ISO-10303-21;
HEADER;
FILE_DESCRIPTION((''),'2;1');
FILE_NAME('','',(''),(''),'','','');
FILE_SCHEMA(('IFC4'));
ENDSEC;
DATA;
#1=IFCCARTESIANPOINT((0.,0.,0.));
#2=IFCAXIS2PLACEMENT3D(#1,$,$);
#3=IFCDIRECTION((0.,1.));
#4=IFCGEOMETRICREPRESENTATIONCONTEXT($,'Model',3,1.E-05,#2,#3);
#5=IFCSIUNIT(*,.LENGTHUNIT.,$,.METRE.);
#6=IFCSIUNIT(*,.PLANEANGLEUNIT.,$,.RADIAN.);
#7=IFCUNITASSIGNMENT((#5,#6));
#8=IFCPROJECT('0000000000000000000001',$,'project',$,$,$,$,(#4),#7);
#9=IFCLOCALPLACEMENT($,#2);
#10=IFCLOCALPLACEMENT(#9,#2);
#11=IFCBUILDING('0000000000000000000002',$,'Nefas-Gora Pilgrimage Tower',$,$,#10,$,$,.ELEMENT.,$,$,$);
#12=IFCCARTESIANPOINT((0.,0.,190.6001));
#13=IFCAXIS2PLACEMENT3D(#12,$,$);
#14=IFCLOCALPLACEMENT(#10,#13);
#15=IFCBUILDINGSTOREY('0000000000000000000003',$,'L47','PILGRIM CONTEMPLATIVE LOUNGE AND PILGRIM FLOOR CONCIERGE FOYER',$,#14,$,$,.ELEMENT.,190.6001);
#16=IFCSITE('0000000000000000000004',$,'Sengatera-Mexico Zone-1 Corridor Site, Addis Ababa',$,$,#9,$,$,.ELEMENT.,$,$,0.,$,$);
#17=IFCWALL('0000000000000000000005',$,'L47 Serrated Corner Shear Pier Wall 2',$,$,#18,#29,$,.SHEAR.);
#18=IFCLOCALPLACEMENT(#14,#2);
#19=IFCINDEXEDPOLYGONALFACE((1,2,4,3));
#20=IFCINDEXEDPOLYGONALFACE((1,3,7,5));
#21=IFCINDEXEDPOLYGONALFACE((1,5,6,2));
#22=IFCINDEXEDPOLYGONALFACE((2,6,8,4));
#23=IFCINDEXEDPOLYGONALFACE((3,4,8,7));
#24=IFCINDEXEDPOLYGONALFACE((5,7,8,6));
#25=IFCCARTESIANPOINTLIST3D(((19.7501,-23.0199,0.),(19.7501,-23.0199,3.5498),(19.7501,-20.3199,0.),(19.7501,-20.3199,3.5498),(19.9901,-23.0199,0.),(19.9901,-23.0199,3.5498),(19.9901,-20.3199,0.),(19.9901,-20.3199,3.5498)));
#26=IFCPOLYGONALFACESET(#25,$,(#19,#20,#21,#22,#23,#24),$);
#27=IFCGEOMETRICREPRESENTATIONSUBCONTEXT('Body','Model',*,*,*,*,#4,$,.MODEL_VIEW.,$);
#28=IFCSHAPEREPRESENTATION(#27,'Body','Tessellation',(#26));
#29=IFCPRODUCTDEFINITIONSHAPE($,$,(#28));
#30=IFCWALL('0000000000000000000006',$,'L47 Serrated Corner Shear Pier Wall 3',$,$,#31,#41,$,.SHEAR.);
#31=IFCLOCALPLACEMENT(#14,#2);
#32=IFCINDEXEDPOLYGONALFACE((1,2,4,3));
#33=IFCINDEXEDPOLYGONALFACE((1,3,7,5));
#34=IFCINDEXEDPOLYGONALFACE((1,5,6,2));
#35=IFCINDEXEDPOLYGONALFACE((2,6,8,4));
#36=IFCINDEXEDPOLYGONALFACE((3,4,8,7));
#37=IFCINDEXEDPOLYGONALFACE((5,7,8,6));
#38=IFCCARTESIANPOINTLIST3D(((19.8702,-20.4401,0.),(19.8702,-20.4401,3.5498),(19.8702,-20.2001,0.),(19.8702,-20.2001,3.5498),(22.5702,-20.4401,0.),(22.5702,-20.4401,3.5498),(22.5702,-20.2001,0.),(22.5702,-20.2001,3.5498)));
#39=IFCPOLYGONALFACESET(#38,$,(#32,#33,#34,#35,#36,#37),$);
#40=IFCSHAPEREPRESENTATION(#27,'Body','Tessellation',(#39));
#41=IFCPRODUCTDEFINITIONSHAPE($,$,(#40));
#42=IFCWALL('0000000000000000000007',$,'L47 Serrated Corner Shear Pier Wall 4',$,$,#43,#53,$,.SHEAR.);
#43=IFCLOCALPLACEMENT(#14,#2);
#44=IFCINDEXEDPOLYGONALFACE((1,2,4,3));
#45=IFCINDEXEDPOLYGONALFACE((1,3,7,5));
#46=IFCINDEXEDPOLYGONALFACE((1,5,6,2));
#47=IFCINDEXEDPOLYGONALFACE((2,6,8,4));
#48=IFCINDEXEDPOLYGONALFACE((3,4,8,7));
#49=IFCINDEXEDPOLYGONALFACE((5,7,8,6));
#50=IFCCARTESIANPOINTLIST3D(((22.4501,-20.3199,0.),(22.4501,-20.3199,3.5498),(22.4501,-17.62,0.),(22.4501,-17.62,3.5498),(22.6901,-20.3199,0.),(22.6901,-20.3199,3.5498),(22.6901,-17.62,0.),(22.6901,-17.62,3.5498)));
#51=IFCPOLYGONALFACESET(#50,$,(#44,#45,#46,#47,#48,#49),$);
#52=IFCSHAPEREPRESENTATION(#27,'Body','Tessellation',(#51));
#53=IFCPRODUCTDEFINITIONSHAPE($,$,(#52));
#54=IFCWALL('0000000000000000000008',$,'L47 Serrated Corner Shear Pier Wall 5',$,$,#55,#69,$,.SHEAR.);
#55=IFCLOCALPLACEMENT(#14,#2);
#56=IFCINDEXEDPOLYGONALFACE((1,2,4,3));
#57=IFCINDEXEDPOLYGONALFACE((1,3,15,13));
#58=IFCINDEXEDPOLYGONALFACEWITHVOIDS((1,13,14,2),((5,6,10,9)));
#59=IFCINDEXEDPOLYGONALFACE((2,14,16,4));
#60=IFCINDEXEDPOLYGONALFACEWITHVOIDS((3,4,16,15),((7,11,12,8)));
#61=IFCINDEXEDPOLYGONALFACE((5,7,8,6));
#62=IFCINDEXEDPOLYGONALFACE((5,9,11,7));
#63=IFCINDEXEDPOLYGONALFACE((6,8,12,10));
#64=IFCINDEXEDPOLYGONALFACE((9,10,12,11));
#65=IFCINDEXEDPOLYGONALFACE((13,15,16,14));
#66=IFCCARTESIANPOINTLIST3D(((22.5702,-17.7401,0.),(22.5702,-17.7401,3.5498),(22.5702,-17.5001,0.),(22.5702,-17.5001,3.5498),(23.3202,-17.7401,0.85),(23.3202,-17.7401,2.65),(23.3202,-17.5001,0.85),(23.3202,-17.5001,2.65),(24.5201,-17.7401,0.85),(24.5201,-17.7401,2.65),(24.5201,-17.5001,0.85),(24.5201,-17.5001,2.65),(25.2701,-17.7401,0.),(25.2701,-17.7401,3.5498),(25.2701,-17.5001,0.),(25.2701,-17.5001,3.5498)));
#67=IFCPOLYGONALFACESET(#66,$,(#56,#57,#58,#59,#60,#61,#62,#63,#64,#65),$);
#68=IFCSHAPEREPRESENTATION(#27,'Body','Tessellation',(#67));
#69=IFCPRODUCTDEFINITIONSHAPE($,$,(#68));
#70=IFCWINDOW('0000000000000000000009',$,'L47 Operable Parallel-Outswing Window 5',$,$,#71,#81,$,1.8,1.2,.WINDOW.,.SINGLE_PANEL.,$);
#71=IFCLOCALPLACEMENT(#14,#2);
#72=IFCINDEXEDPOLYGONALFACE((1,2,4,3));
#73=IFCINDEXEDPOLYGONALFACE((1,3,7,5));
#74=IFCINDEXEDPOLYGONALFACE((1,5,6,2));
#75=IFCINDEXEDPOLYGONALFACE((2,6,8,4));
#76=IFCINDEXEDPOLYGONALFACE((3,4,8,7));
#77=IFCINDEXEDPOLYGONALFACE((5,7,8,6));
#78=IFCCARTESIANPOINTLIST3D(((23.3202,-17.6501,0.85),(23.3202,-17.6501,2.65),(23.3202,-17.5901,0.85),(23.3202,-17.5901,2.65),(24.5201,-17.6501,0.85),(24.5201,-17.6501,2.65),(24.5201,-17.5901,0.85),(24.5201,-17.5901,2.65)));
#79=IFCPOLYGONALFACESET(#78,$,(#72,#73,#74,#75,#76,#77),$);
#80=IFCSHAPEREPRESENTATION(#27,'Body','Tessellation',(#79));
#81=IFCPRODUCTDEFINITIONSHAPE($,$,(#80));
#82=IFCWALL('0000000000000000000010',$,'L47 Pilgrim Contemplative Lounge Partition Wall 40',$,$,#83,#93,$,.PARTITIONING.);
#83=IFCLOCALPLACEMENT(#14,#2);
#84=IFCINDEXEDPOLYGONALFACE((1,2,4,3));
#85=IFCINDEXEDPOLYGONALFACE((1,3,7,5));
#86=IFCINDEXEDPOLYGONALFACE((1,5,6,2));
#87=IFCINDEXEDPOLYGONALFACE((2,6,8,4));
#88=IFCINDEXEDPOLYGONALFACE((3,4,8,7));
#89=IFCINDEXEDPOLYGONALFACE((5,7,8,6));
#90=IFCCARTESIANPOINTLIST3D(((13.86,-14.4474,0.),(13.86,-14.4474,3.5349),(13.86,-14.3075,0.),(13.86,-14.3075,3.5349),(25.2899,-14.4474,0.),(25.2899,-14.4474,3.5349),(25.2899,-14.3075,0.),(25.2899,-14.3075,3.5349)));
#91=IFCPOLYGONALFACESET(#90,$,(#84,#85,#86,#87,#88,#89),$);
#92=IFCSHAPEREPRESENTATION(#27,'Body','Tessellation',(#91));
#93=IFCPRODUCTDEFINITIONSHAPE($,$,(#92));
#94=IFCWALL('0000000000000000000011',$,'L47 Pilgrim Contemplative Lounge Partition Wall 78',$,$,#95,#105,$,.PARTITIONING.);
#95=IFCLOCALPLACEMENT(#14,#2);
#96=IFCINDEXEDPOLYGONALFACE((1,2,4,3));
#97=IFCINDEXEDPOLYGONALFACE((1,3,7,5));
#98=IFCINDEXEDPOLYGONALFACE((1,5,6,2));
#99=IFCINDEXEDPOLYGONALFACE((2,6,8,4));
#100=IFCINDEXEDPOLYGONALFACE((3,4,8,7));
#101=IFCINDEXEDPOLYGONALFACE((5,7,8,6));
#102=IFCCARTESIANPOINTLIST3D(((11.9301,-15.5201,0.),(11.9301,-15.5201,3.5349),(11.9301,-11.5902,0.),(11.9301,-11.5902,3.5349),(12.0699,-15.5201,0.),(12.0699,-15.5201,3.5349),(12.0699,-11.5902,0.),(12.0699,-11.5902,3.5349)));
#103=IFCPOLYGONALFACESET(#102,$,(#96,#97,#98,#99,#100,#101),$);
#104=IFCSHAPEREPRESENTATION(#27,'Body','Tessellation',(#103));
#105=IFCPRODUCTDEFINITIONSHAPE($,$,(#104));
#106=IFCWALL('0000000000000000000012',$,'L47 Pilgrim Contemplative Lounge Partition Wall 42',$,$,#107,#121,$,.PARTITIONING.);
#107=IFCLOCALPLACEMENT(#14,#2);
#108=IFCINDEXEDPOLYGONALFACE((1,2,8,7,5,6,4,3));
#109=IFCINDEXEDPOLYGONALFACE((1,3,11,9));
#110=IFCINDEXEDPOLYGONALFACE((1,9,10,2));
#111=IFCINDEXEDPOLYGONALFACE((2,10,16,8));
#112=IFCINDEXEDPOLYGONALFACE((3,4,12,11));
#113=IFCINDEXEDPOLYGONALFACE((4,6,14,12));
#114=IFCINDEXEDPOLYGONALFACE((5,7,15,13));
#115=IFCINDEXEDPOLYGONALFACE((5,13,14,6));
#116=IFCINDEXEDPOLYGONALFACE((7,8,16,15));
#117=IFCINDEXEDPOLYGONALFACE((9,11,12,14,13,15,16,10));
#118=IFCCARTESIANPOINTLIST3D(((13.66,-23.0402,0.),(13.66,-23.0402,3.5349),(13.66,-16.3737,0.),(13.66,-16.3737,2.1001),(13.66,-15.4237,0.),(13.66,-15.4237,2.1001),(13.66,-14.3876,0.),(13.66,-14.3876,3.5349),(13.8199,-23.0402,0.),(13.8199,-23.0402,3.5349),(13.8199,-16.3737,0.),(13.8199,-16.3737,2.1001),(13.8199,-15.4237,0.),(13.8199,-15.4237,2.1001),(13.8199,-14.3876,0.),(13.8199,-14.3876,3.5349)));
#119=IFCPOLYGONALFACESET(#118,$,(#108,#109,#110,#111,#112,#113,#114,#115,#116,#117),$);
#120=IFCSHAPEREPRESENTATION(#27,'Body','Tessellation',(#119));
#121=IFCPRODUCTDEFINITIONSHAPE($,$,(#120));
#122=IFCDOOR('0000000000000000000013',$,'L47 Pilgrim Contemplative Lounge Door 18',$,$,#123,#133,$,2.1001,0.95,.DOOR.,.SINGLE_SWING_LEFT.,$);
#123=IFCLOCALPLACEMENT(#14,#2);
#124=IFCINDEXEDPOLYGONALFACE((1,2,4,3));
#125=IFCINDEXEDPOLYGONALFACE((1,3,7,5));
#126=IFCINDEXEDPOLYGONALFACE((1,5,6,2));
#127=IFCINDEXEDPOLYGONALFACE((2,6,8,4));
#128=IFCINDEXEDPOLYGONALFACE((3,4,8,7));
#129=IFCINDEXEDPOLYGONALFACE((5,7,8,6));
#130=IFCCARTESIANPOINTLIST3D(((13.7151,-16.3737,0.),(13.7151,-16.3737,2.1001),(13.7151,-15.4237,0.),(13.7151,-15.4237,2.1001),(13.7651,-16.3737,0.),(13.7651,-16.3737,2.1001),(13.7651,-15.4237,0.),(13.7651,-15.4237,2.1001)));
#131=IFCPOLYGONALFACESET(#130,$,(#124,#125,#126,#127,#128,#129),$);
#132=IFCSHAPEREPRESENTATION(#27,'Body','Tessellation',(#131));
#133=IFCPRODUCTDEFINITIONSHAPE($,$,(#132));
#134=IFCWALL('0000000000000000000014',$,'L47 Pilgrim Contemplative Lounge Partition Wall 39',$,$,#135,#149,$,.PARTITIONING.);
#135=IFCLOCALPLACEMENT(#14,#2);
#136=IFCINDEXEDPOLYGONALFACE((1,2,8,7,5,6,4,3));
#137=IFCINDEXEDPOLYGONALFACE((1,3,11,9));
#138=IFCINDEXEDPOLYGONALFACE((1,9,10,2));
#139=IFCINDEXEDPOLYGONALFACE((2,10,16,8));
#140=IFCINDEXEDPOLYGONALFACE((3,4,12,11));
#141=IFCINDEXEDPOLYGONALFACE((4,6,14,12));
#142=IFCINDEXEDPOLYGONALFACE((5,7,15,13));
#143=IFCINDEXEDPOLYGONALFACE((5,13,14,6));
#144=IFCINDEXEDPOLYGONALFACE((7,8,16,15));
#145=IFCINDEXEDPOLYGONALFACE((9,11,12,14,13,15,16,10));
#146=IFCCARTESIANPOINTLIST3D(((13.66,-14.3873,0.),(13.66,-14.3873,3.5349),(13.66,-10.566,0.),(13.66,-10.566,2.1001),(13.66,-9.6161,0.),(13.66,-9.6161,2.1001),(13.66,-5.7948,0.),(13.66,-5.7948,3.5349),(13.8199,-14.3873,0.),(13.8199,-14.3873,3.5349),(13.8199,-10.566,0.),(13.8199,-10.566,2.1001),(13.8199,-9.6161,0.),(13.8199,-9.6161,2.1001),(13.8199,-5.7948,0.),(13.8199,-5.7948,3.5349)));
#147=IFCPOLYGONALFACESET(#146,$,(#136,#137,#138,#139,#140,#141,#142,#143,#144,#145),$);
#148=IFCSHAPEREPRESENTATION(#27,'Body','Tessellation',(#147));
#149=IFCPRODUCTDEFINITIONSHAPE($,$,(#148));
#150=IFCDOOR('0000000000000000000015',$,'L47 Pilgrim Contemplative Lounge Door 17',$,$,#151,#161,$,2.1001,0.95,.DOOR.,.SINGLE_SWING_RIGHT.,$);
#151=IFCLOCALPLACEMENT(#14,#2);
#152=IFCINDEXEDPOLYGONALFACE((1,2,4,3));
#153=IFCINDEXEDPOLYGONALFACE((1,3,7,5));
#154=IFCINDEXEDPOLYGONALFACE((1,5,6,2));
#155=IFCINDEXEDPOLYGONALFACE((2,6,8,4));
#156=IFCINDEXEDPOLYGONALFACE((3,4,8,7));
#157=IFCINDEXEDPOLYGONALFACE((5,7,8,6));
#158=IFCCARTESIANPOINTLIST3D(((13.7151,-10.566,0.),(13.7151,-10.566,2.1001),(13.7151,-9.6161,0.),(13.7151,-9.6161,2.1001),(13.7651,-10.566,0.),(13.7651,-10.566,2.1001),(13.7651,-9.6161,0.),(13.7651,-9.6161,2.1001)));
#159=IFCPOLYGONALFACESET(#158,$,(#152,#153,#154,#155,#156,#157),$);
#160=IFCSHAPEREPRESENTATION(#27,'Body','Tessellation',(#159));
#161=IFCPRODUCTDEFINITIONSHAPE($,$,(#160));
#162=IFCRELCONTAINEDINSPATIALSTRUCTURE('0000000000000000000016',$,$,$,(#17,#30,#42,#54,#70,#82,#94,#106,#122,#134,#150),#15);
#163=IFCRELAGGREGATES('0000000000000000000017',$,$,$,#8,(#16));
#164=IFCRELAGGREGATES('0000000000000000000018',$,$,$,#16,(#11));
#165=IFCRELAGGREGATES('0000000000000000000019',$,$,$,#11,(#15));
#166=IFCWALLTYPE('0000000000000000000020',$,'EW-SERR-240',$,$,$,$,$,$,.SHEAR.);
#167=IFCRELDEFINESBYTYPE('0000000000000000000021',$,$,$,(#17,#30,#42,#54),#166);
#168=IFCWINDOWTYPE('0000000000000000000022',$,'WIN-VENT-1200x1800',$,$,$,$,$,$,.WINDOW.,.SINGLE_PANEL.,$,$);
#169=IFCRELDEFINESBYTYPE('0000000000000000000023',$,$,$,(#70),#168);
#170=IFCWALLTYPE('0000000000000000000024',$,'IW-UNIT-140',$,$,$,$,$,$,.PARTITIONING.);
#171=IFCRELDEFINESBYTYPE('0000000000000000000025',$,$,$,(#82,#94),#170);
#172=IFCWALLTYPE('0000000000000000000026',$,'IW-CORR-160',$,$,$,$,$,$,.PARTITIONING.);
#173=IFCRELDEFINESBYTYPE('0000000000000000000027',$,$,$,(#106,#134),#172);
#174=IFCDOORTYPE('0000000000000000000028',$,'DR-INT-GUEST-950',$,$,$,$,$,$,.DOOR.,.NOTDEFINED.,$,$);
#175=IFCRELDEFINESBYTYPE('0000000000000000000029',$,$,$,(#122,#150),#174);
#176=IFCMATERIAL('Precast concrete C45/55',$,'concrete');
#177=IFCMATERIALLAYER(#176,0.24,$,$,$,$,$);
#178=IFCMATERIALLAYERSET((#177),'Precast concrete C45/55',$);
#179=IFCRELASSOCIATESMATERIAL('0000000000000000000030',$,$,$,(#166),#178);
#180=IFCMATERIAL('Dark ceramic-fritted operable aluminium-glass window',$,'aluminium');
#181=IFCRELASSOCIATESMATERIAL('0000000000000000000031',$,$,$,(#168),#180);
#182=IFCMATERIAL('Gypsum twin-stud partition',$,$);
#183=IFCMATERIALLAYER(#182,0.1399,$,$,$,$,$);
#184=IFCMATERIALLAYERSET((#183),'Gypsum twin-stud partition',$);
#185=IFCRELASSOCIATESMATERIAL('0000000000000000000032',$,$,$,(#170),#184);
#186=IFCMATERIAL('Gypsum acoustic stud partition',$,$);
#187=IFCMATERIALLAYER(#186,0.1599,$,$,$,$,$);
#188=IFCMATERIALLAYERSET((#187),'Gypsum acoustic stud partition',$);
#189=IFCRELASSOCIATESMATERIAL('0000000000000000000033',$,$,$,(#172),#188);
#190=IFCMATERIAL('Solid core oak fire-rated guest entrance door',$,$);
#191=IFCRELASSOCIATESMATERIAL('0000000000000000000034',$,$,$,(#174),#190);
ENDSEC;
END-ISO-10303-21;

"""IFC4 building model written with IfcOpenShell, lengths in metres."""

from ifc_helpers import new_model, si_unit, direction, frame, frame_2d, origin, place, context, subcontext, project, spatial, rectangle, extrude, source, transform, mapped, material, layer, layer_set, type_object, element, fill, save


model = new_model("IFC4")

# Units and contexts
model_context = context("Model", 3, precision=1e-05, world=origin(), true_north=direction((0.0, 1.0)))
body_context = subcontext(model_context, "Body", "Model", "MODEL_VIEW")
ifc_project = project(units=[si_unit("LENGTHUNIT", "METRE"), si_unit("PLANEANGLEUNIT", "RADIAN")], contexts=[model_context])

# Site, building, storey
site_placement = place(None, origin())
site = spatial("IfcSite", under=ifc_project, at=site_placement, Name="Sengatera-Mexico Zone-1 Corridor Site, Addis Ababa", CompositionType="ELEMENT", RefElevation=0.0)
building_placement = place(site_placement, origin())
building = spatial("IfcBuilding", under=site, at=building_placement, Name="Nefas-Gora Pilgrimage Tower", CompositionType="ELEMENT")
storey_placement = place(building_placement, frame((0.0, 0.0, 190.6001)))
storey = spatial("IfcBuildingStorey", under=building, at=storey_placement, Name="L47", Description="PILGRIM CONTEMPLATIVE LOUNGE AND PILGRIM FLOOR CONCIERGE FOYER", CompositionType="ELEMENT", Elevation=190.6001)

# Walls
ifc_material_1 = material(Name="Precast concrete C45/55", Category="concrete")
ifc_layer_1 = layer(ifc_material_1, 0.24)
ifc_layer_set_1 = layer_set([ifc_layer_1], Name="Precast concrete C45/55")
wall_type_1 = type_object("IfcWallType", Name="EW-SERR-240", PredefinedType="SHEAR", material=ifc_layer_set_1)
shared_shape_1 = source(origin(), body_context, "Body", "SweptSolid", [
    extrude(rectangle(XDim=2.7, YDim=0.24, at=frame_2d((1.3501, 0.0))), origin(), (0.0, 0.0, 1.0), 3.5498),
])
for number, where, z_axis, x_axis, name in (
    (1, (19.8701, -23.02, 0.0), (0.0, 0.0, 1.0), (0.0, 1.0, 0.0), "L47 Serrated Corner Shear Pier Wall 2"),
    (2, (19.8701, -20.3201, 0.0), (0.0, 0.0, 1.0), (1.0, 0.0, 0.0), "L47 Serrated Corner Shear Pier Wall 3"),
    (3, (22.5701, -20.3201, 0.0), (0.0, 0.0, 1.0), (0.0, 1.0, 0.0), "L47 Serrated Corner Shear Pier Wall 4"),
):
    element("IfcWall", number, at=place(storey_placement, frame(where, z_axis=z_axis, x_axis=x_axis)), inside=storey, type_object=wall_type_1, Name=name, PredefinedType="SHEAR", context=body_context, shape_type="MappedRepresentation", body=[
        mapped(shared_shape_1, transform((0.0, 0.0, 0.0), x_axis=(1.0, 0.0, 0.0), y_axis=(0.0, 1.0, 0.0), z_axis=(0.0, 0.0, 1.0), scale=1.0)),
    ])

# Wall, opening, window
wall_1_placement = place(storey_placement, frame((22.5701, -17.6201, 0.0), z_axis=(0.0, 0.0, 1.0), x_axis=(1.0, 0.0, 0.0)))
wall_1 = element("IfcWall", 4, at=wall_1_placement, inside=storey, type_object=wall_type_1, Name="L47 Serrated Corner Shear Pier Wall 5", PredefinedType="SHEAR", context=body_context, shape_type="MappedRepresentation", body=[
    mapped(shared_shape_1, transform((0.0, 0.0, 0.0), x_axis=(1.0, 0.0, 0.0), y_axis=(0.0, 1.0, 0.0), z_axis=(0.0, 0.0, 1.0), scale=1.0)),
])
opening_1_placement = place(wall_1_placement, frame((0.75, 0.0, 0.8501)))
opening_1 = element("IfcOpeningElement", 5, at=opening_1_placement, cuts=wall_1, PredefinedType="OPENING", context=body_context, shape_type="SweptSolid", body=[
    extrude(rectangle(XDim=1.2, YDim=1.8, at=frame_2d((0.6001, 0.8999))), frame((0.0, 0.1299, 0.0), z_axis=(0.0, -1.0, 0.0), x_axis=(1.0, 0.0, 0.0)), (0.0, 0.0, 1.0), 0.26),
])
ifc_material_2 = material(Name="Dark ceramic-fritted operable aluminium-glass window", Category="aluminium")
window_type = type_object("IfcWindowType", Name="WIN-VENT-1200x1800", PartitioningType="SINGLE_PANEL", PredefinedType="WINDOW", material=ifc_material_2)
shared_shape_2 = source(origin(), body_context, "Body", "SweptSolid", [
    extrude(rectangle(XDim=1.2, YDim=1.8, at=frame_2d((0.6001, 0.8999))), frame((0.0, 0.03, 0.0), z_axis=(0.0, -1.0, 0.0), x_axis=(1.0, 0.0, 0.0)), (0.0, 0.0, 1.0), 0.0601),
])
window_placement = place(opening_1_placement, origin())
window = element("IfcWindow", 6, at=window_placement, inside=storey, type_object=window_type, Name="L47 Operable Parallel-Outswing Window 5", OverallHeight=1.8, OverallWidth=1.2, PartitioningType="SINGLE_PANEL", PredefinedType="WINDOW", context=body_context, shape_type="MappedRepresentation", body=[
    mapped(shared_shape_2, transform((0.0, 0.0, 0.0), x_axis=(1.0, 0.0, 0.0), y_axis=(0.0, 1.0, 0.0), z_axis=(0.0, 0.0, 1.0), scale=1.0)),
])
fill(opening_1, window)

# Walls
ifc_material_3 = material(Name="Gypsum twin-stud partition")
ifc_layer_2 = layer(ifc_material_3, 0.1399)
ifc_layer_set_2 = layer_set([ifc_layer_2], Name="Gypsum twin-stud partition")
wall_type_2 = type_object("IfcWallType", Name="IW-UNIT-140", PredefinedType="PARTITIONING", material=ifc_layer_set_2)
shared_shape_3 = source(origin(), body_context, "Body", "SweptSolid", [
    extrude(rectangle(XDim=11.4299, YDim=0.1399, at=frame_2d((5.7148, 0.0))), origin(), (0.0, 0.0, 1.0), 3.5349),
])
wall_2_placement = place(storey_placement, frame((13.8601, -14.3774, 0.0), z_axis=(0.0, 0.0, 1.0), x_axis=(1.0, 0.0, 0.0)))
element("IfcWall", 7, at=wall_2_placement, inside=storey, type_object=wall_type_2, Name="L47 Pilgrim Contemplative Lounge Partition Wall 40", PredefinedType="PARTITIONING", context=body_context, shape_type="MappedRepresentation", body=[
    mapped(shared_shape_3, transform((0.0, 0.0, 0.0), x_axis=(1.0, 0.0, 0.0), y_axis=(0.0, 1.0, 0.0), z_axis=(0.0, 0.0, 1.0), scale=1.0)),
])
shared_shape_4 = source(origin(), body_context, "Body", "SweptSolid", [
    extrude(rectangle(XDim=3.9299, YDim=0.1399, at=frame_2d((1.9648, 0.0))), origin(), (0.0, 0.0, 1.0), 3.5349),
])
wall_3_placement = place(storey_placement, frame((12.0, -15.52, 0.0), z_axis=(0.0, 0.0, 1.0), x_axis=(0.0, 1.0, 0.0)))
element("IfcWall", 8, at=wall_3_placement, inside=storey, type_object=wall_type_2, Name="L47 Pilgrim Contemplative Lounge Partition Wall 78", PredefinedType="PARTITIONING", context=body_context, shape_type="MappedRepresentation", body=[
    mapped(shared_shape_4, transform((0.0, 0.0, 0.0), x_axis=(1.0, 0.0, 0.0), y_axis=(0.0, 1.0, 0.0), z_axis=(0.0, 0.0, 1.0), scale=1.0)),
])

# Walls, openings, doors
ifc_material_4 = material(Name="Gypsum acoustic stud partition")
ifc_layer_3 = layer(ifc_material_4, 0.1599)
ifc_layer_set_3 = layer_set([ifc_layer_3], Name="Gypsum acoustic stud partition")
wall_type_3 = type_object("IfcWallType", Name="IW-CORR-160", PredefinedType="PARTITIONING", material=ifc_layer_set_3)
shared_shape_5 = source(origin(), body_context, "Body", "SweptSolid", [
    extrude(rectangle(XDim=8.6526, YDim=0.1599, at=frame_2d((4.3262, 0.0))), origin(), (0.0, 0.0, 1.0), 3.5349),
])
wall_4_placement = place(storey_placement, frame((13.74, -23.04, 0.0), z_axis=(0.0, 0.0, 1.0), x_axis=(0.0, 1.0, 0.0)))
wall_4 = element("IfcWall", 9, at=wall_4_placement, inside=storey, type_object=wall_type_3, Name="L47 Pilgrim Contemplative Lounge Partition Wall 42", PredefinedType="PARTITIONING", context=body_context, shape_type="MappedRepresentation", body=[
    mapped(shared_shape_5, transform((0.0, 0.0, 0.0), x_axis=(1.0, 0.0, 0.0), y_axis=(0.0, 1.0, 0.0), z_axis=(0.0, 0.0, 1.0), scale=1.0)),
])
opening_2_placement = place(wall_4_placement, frame((6.6663, 0.0, 0.0)))
opening_2 = element("IfcOpeningElement", 10, at=opening_2_placement, cuts=wall_4, PredefinedType="OPENING", context=body_context, shape_type="SweptSolid", body=[
    extrude(rectangle(XDim=0.95, YDim=2.1001, at=frame_2d((0.4751, 1.05))), frame((0.0, 0.0898, 0.0), z_axis=(0.0, -1.0, 0.0), x_axis=(1.0, 0.0, 0.0)), (0.0, 0.0, 1.0), 0.1799),
])
ifc_material_5 = material(Name="Solid core oak fire-rated guest entrance door")
door_type = type_object("IfcDoorType", Name="DR-INT-GUEST-950", OperationType="NOTDEFINED", PredefinedType="DOOR", material=ifc_material_5)
shared_shape_6 = source(origin(), body_context, "Body", "SweptSolid", [
    extrude(rectangle(XDim=0.95, YDim=2.1001, at=frame_2d((0.4751, 1.05))), frame((0.0, 0.0249, 0.0), z_axis=(0.0, -1.0, 0.0), x_axis=(1.0, 0.0, 0.0)), (0.0, 0.0, 1.0), 0.05),
])
door_1_placement = place(opening_2_placement, origin())
door_1 = element("IfcDoor", 11, at=door_1_placement, inside=storey, type_object=door_type, Name="L47 Pilgrim Contemplative Lounge Door 18", OperationType="SINGLE_SWING_LEFT", OverallHeight=2.1001, OverallWidth=0.95, PredefinedType="DOOR", context=body_context, shape_type="MappedRepresentation", body=[
    mapped(shared_shape_6, transform((0.0, 0.0, 0.0), x_axis=(1.0, 0.0, 0.0), y_axis=(0.0, 1.0, 0.0), z_axis=(0.0, 0.0, 1.0), scale=1.0)),
])
fill(opening_2, door_1)
shared_shape_7 = source(origin(), body_context, "Body", "SweptSolid", [
    extrude(rectangle(XDim=8.5925, YDim=0.1599, at=frame_2d((4.2964, 0.0))), origin(), (0.0, 0.0, 1.0), 3.5349),
])
wall_5_placement = place(storey_placement, frame((13.74, -14.3875, 0.0), z_axis=(0.0, 0.0, 1.0), x_axis=(0.0, 1.0, 0.0)))
wall_5 = element("IfcWall", 12, at=wall_5_placement, inside=storey, type_object=wall_type_3, Name="L47 Pilgrim Contemplative Lounge Partition Wall 39", PredefinedType="PARTITIONING", context=body_context, shape_type="MappedRepresentation", body=[
    mapped(shared_shape_7, transform((0.0, 0.0, 0.0), x_axis=(1.0, 0.0, 0.0), y_axis=(0.0, 1.0, 0.0), z_axis=(0.0, 0.0, 1.0), scale=1.0)),
])
opening_3_placement = place(wall_5_placement, frame((3.8213, 0.0, 0.0)))
opening_3 = element("IfcOpeningElement", 13, at=opening_3_placement, cuts=wall_5, PredefinedType="OPENING", context=body_context, shape_type="SweptSolid", body=[
    extrude(rectangle(XDim=0.95, YDim=2.1001, at=frame_2d((0.4751, 1.05))), frame((0.0, 0.0898, 0.0), z_axis=(0.0, -1.0, 0.0), x_axis=(1.0, 0.0, 0.0)), (0.0, 0.0, 1.0), 0.1799),
])
door_2_placement = place(opening_3_placement, origin())
door_2 = element("IfcDoor", 14, at=door_2_placement, inside=storey, type_object=door_type, Name="L47 Pilgrim Contemplative Lounge Door 17", OperationType="SINGLE_SWING_RIGHT", OverallHeight=2.1001, OverallWidth=0.95, PredefinedType="DOOR", context=body_context, shape_type="MappedRepresentation", body=[
    mapped(shared_shape_6, transform((0.0, 0.0, 0.0), x_axis=(1.0, 0.0, 0.0), y_axis=(0.0, 1.0, 0.0), z_axis=(0.0, 0.0, 1.0), scale=1.0)),
])
fill(opening_3, door_2)

save(model, "model.ifc")
